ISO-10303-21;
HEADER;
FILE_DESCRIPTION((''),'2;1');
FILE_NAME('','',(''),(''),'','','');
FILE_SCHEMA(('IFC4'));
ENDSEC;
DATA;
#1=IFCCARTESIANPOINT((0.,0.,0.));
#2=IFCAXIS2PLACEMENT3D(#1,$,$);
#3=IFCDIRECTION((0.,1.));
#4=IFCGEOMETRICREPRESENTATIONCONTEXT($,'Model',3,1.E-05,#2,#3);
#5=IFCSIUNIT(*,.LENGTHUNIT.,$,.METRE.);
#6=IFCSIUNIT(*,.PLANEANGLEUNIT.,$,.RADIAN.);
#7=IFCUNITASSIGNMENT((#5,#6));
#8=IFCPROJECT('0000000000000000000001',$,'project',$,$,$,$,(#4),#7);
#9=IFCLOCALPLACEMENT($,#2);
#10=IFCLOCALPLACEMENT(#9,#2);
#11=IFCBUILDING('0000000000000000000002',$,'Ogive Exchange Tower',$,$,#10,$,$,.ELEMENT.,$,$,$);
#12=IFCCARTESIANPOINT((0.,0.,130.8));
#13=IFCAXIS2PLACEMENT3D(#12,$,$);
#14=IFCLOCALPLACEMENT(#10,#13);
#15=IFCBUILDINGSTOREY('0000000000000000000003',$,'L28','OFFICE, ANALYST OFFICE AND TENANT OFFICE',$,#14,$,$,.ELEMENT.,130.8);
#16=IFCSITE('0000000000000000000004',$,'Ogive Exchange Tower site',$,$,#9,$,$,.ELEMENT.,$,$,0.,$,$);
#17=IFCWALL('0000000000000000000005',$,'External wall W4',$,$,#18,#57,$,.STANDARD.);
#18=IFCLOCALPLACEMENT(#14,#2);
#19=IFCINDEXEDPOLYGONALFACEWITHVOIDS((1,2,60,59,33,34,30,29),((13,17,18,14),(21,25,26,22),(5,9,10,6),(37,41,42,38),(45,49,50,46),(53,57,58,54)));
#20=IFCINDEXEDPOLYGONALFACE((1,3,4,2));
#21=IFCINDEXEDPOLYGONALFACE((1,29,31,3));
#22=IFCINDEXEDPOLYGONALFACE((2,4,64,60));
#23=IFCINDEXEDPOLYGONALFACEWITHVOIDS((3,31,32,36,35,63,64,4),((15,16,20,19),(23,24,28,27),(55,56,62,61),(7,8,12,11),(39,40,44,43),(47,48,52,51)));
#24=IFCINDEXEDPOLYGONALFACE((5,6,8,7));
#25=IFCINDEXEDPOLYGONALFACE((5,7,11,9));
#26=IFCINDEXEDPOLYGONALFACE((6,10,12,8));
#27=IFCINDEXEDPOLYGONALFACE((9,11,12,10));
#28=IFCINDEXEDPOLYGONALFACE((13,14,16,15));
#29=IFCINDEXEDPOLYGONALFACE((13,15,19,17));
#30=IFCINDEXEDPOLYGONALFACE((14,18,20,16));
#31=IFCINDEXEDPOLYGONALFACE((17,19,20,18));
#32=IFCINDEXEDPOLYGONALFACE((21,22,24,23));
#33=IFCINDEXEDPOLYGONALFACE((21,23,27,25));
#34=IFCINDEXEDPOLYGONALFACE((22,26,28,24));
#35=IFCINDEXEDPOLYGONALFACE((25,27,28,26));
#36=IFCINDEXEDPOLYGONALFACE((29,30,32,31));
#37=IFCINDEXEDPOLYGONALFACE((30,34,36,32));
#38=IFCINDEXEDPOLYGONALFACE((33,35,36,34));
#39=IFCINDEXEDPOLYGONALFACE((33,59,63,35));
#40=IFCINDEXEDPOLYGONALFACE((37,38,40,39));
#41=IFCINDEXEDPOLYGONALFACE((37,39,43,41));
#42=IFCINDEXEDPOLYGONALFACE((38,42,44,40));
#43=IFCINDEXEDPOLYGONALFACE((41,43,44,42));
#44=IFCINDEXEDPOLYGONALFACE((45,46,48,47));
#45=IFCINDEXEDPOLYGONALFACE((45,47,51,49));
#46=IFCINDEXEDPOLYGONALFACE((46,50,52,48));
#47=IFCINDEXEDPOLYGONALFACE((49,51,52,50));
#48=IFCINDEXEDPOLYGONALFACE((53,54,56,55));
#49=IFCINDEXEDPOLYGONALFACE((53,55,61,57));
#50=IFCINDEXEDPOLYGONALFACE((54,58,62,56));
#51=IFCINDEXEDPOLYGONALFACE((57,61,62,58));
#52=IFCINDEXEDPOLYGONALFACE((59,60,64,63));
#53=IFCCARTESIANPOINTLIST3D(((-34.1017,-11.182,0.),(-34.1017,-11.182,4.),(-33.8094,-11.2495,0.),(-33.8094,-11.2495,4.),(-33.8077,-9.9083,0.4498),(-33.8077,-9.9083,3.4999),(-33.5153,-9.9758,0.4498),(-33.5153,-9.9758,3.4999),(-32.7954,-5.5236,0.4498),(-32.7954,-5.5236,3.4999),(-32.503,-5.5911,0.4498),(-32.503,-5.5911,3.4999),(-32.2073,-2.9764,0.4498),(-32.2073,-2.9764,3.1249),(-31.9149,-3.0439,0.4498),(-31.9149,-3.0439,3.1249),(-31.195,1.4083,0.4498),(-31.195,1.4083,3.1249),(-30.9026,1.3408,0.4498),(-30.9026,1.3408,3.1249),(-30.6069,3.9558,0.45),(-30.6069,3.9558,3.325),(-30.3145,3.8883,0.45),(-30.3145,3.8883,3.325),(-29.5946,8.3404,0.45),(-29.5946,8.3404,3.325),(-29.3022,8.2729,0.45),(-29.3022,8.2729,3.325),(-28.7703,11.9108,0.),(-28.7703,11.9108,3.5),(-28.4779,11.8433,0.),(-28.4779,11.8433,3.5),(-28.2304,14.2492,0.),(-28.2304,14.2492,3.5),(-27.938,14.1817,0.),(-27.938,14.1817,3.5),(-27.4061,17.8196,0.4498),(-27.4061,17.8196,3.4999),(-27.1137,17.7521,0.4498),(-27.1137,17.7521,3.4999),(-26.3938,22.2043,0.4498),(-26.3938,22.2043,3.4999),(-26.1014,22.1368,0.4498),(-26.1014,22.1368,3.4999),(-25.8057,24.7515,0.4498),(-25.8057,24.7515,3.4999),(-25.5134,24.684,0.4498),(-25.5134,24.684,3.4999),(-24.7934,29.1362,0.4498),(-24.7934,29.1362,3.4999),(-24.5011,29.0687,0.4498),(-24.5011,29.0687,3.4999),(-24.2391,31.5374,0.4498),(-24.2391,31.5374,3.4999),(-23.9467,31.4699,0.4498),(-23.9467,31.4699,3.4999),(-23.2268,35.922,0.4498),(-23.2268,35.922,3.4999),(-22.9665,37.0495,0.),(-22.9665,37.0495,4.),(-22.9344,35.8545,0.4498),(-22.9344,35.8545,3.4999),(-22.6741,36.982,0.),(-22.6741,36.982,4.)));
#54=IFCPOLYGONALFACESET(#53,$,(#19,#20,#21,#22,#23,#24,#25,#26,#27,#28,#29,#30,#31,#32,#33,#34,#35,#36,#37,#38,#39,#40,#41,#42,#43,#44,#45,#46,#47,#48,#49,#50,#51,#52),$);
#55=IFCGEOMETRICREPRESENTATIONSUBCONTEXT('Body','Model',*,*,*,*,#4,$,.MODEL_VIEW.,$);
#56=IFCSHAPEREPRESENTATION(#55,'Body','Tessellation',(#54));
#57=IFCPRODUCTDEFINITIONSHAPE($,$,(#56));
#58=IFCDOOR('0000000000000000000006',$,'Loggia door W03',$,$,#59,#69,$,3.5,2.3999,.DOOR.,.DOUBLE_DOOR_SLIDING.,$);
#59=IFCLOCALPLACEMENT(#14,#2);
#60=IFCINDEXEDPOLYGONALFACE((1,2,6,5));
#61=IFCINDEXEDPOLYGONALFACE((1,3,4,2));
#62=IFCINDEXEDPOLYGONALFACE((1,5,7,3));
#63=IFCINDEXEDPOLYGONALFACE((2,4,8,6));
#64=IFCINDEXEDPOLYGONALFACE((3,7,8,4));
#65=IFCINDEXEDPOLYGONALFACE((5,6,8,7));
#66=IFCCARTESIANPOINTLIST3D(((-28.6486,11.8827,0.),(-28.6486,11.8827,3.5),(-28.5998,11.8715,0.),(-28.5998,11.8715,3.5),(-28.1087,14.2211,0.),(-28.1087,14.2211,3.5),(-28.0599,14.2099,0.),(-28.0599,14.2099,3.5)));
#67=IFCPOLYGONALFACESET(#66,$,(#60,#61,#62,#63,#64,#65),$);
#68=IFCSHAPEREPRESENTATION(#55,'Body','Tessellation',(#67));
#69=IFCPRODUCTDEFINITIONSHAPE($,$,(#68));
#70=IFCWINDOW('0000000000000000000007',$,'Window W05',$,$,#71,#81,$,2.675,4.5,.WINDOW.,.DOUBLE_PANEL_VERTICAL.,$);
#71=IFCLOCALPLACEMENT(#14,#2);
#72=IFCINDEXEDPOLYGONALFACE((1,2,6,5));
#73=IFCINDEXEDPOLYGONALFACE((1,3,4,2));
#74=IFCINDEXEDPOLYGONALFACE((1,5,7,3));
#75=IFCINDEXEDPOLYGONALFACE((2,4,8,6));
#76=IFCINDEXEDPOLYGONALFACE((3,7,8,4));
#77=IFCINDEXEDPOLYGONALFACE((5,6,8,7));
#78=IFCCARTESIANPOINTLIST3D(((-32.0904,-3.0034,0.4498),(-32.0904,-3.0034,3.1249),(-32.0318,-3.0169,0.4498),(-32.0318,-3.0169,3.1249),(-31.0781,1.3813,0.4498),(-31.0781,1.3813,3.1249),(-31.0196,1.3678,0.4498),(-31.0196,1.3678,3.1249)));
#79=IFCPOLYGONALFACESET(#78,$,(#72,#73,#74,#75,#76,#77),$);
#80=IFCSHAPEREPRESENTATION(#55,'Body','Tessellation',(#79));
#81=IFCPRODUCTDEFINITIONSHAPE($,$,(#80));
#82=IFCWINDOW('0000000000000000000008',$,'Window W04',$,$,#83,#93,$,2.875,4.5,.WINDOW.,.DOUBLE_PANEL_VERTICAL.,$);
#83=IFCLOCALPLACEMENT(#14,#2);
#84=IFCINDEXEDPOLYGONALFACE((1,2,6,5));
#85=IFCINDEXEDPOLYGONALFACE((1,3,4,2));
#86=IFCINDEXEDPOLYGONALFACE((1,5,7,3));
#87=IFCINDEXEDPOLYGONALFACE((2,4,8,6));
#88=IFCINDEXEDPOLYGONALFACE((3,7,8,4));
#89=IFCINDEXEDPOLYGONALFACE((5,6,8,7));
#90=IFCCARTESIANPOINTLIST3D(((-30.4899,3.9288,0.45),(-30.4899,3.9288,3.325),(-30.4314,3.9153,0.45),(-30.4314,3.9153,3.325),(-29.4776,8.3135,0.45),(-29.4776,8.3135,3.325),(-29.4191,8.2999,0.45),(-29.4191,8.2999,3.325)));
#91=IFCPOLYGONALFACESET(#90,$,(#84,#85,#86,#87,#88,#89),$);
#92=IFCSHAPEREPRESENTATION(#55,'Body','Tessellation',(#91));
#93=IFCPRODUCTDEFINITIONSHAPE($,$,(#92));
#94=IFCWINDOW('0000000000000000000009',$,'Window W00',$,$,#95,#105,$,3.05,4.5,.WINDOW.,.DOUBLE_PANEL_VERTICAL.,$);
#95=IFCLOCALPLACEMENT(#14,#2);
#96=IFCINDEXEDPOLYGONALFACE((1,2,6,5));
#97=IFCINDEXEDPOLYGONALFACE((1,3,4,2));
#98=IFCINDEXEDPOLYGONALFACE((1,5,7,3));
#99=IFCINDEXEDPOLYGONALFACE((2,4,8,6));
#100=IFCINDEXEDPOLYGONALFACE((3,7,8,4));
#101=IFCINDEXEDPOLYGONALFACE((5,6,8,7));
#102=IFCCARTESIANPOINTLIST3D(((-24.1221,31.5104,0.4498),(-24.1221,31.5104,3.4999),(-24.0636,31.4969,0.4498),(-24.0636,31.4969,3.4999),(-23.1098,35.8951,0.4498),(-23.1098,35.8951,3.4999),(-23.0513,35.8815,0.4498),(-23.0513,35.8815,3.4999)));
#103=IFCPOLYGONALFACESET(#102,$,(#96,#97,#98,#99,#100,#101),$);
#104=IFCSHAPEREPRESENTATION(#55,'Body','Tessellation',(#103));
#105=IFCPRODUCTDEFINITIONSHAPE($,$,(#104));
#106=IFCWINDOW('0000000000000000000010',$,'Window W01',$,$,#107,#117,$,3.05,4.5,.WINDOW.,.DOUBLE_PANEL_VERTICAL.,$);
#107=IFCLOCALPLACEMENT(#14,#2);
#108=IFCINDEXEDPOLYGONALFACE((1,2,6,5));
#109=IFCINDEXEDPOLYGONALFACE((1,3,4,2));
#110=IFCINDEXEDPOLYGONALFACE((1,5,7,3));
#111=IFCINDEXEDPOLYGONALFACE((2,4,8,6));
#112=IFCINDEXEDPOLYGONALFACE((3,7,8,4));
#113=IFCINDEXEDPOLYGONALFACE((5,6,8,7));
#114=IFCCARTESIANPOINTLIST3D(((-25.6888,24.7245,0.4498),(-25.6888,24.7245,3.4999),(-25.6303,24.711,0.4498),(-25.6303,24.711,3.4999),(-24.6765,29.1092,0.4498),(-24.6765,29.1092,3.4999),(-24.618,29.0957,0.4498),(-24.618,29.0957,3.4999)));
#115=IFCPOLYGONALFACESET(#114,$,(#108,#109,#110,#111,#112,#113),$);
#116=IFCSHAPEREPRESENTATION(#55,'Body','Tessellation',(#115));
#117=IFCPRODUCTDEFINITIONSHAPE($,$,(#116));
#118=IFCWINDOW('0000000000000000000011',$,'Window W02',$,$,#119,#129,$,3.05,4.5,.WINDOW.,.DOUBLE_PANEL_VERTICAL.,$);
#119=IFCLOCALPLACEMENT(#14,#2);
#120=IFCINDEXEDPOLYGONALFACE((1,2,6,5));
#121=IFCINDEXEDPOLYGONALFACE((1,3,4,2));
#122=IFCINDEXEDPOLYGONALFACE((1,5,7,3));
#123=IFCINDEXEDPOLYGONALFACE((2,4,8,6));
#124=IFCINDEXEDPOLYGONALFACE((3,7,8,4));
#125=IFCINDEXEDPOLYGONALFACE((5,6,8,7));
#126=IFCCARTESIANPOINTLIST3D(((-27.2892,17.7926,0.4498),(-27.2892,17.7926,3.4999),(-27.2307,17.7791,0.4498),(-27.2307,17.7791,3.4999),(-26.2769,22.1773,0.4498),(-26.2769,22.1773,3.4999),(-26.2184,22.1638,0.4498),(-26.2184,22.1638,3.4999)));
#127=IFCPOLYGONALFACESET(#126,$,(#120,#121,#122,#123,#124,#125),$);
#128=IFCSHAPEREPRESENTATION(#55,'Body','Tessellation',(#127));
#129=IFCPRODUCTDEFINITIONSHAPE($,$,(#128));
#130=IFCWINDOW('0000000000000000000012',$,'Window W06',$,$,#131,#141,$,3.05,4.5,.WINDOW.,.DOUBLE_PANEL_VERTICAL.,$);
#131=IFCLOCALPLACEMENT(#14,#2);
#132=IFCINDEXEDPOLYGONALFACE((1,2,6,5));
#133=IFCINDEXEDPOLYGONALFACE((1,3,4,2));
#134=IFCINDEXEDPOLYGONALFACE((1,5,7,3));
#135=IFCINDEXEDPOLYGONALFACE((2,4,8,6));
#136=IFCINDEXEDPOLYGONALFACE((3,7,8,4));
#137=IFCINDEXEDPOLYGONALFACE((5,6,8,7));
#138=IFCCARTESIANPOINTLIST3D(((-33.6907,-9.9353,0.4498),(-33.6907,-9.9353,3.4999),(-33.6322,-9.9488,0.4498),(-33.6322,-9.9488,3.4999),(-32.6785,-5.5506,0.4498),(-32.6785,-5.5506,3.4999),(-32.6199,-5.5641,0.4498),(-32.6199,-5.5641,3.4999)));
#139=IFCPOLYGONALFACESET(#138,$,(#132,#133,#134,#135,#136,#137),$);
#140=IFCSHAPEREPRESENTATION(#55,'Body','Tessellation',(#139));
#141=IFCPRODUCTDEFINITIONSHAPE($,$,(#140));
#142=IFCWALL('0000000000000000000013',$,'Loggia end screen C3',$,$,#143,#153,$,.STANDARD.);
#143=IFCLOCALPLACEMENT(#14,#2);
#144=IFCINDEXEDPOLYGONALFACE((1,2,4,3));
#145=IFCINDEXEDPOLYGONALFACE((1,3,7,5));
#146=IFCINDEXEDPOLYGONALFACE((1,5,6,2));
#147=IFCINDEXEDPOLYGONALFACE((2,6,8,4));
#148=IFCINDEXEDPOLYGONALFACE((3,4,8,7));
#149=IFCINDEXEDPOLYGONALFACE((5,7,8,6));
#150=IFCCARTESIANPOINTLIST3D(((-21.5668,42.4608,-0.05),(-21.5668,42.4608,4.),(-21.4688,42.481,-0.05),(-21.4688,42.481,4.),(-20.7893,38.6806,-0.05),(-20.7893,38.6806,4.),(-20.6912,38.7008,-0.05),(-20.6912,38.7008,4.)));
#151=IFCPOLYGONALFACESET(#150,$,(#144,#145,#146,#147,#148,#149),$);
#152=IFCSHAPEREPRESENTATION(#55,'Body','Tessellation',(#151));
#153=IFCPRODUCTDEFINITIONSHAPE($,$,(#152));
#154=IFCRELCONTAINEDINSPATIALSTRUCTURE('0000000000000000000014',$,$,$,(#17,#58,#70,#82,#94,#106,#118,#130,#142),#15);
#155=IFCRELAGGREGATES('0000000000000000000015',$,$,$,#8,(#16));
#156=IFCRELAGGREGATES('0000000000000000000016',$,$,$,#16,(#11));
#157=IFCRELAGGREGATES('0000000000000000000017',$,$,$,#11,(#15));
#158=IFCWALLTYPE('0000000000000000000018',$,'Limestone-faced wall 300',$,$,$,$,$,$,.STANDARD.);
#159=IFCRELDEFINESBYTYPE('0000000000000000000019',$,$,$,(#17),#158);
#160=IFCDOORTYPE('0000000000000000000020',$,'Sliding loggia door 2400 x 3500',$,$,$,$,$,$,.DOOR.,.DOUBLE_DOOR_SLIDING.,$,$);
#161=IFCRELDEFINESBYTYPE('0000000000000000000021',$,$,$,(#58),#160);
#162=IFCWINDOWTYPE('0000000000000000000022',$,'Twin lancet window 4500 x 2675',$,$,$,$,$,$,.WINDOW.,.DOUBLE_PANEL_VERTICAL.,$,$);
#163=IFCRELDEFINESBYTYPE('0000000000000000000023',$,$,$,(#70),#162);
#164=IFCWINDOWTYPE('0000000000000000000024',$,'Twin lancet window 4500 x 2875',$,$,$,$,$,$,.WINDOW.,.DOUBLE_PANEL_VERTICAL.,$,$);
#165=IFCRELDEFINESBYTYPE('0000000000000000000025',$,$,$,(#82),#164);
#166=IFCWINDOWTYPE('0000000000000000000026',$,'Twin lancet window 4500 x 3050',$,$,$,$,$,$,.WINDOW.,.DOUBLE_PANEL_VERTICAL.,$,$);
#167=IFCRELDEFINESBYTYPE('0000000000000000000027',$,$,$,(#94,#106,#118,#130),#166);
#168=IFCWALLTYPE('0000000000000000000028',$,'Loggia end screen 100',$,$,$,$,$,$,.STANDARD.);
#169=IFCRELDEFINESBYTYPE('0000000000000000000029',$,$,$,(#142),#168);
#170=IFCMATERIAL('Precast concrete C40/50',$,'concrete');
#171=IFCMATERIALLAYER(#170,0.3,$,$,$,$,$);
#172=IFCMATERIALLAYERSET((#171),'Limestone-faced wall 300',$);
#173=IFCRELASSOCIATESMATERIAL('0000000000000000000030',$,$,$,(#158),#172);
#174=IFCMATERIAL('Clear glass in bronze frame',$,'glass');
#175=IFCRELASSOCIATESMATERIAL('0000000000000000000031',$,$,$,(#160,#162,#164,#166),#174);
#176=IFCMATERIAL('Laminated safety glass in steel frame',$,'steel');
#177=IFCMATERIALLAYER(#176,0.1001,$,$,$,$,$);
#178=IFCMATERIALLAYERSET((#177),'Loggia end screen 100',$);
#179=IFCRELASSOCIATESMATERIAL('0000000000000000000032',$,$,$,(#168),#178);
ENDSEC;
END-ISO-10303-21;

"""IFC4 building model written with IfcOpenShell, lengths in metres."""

from ifc_helpers import new_model, si_unit, direction, frame, frame_2d, origin, place, context, subcontext, project, spatial, rectangle, extrude, material, layer, layer_set, type_object, element, fill, save


model = new_model("IFC4")

# Units and contexts
model_context = context("Model", 3, precision=1e-05, world=origin(), true_north=direction((0.0, 1.0)))
body_context = subcontext(model_context, "Body", "Model", "MODEL_VIEW")
ifc_project = project(units=[si_unit("LENGTHUNIT", "METRE"), si_unit("PLANEANGLEUNIT", "RADIAN")], contexts=[model_context])

# Site, building, storey
site_placement = place(None, origin())
site = spatial("IfcSite", under=ifc_project, at=site_placement, Name="Ogive Exchange Tower site", CompositionType="ELEMENT", RefElevation=0.0)
building_placement = place(site_placement, origin())
building = spatial("IfcBuilding", under=site, at=building_placement, Name="Ogive Exchange Tower", CompositionType="ELEMENT")
storey_placement = place(building_placement, frame((0.0, 0.0, 130.8)))
storey = spatial("IfcBuildingStorey", under=building, at=storey_placement, Name="L28", Description="OFFICE, ANALYST OFFICE AND TENANT OFFICE", CompositionType="ELEMENT", Elevation=130.8)

# Wall, openings, door, windows
ifc_material_1 = material(Name="Precast concrete C40/50", Category="concrete")
ifc_layer_1 = layer(ifc_material_1, 0.3)
ifc_layer_set_1 = layer_set([ifc_layer_1], Name="Limestone-faced wall 300")
wall_type_1 = type_object("IfcWallType", Name="Limestone-faced wall 300", PredefinedType="STANDARD", material=ifc_layer_set_1)
wall_1_placement = place(storey_placement, frame((-22.8203, 37.0156, 0.0), z_axis=(0.0, 0.0, 1.0), x_axis=(-0.224954, -0.974369, 0.0)))
wall_1 = element("IfcWall", 1, at=wall_1_placement, inside=storey, type_object=wall_type_1, Name="External wall W4", PredefinedType="STANDARD", context=body_context, shape_type="SweptSolid", body=[
    extrude(rectangle(XDim=49.5002, YDim=0.3, at=frame_2d((24.75, 0.0))), origin(), (0.0, 0.0, 1.0), 4.0),
])
opening_1_placement = place(wall_1_placement, frame((1.157, 0.0, 0.45)))
opening_1 = element("IfcOpeningElement", 2, at=opening_1_placement, cuts=wall_1, PredefinedType="OPENING", context=body_context, shape_type="SweptSolid", body=[
    extrude(rectangle(XDim=4.5, YDim=3.05, at=frame_2d((2.25, 1.5249))), frame((0.0, 0.1599, 0.0), z_axis=(0.0, -1.0, 0.0), x_axis=(1.0, 0.0, 0.0)), (0.0, 0.0, 1.0), 0.3201),
])
opening_2_placement = place(wall_1_placement, frame((8.1213, 0.0, 0.45)))
opening_2 = element("IfcOpeningElement", 3, at=opening_2_placement, cuts=wall_1, PredefinedType="OPENING", context=body_context, shape_type="SweptSolid", body=[
    extrude(rectangle(XDim=4.5, YDim=3.05, at=frame_2d((2.25, 1.5249))), frame((0.0, 0.1599, 0.0), z_axis=(0.0, -1.0, 0.0), x_axis=(1.0, 0.0, 0.0)), (0.0, 0.0, 1.0), 0.3201),
])
opening_3_placement = place(wall_1_placement, frame((15.2356, 0.0, 0.45)))
opening_3 = element("IfcOpeningElement", 4, at=opening_3_placement, cuts=wall_1, PredefinedType="OPENING", context=body_context, shape_type="SweptSolid", body=[
    extrude(rectangle(XDim=4.5, YDim=3.05, at=frame_2d((2.25, 1.5249))), frame((0.0, 0.1599, 0.0), z_axis=(0.0, -1.0, 0.0), x_axis=(1.0, 0.0, 0.0)), (0.0, 0.0, 1.0), 0.3201),
])
opening_4_placement = place(wall_1_placement, frame((23.3999, 0.0, 0.0)))
opening_4 = element("IfcOpeningElement", 5, at=opening_4_placement, cuts=wall_1, PredefinedType="OPENING", context=body_context, shape_type="SweptSolid", body=[
    extrude(rectangle(XDim=2.3999, YDim=3.5, at=frame_2d((1.2, 1.75))), frame((0.0, 0.1599, 0.0), z_axis=(0.0, -1.0, 0.0), x_axis=(1.0, 0.0, 0.0)), (0.0, 0.0, 1.0), 0.3201),
])
opening_5_placement = place(wall_1_placement, frame((29.4641, 0.0, 0.45)))
opening_5 = element("IfcOpeningElement", 6, at=opening_5_placement, cuts=wall_1, PredefinedType="OPENING", context=body_context, shape_type="SweptSolid", body=[
    extrude(rectangle(XDim=4.5, YDim=2.875, at=frame_2d((2.25, 1.4375))), frame((0.0, 0.1599, 0.0), z_axis=(0.0, -1.0, 0.0), x_axis=(1.0, 0.0, 0.0)), (0.0, 0.0, 1.0), 0.3201),
])
opening_6_placement = place(wall_1_placement, frame((36.5786, 0.0, 0.45)))
opening_6 = element("IfcOpeningElement", 7, at=opening_6_placement, cuts=wall_1, PredefinedType="OPENING", context=body_context, shape_type="SweptSolid", body=[
    extrude(rectangle(XDim=4.5, YDim=2.675, at=frame_2d((2.25, 1.3374))), frame((0.0, 0.1599, 0.0), z_axis=(0.0, -1.0, 0.0), x_axis=(1.0, 0.0, 0.0)), (0.0, 0.0, 1.0), 0.3201),
])
opening_7_placement = place(wall_1_placement, frame((43.6929, 0.0, 0.45)))
opening_7 = element("IfcOpeningElement", 8, at=opening_7_placement, cuts=wall_1, PredefinedType="OPENING", context=body_context, shape_type="SweptSolid", body=[
    extrude(rectangle(XDim=4.5, YDim=3.05, at=frame_2d((2.25, 1.5249))), frame((0.0, 0.1599, 0.0), z_axis=(0.0, -1.0, 0.0), x_axis=(1.0, 0.0, 0.0)), (0.0, 0.0, 1.0), 0.3201),
])
ifc_material_2 = material(Name="Clear glass in bronze frame", Category="glass")
door_type_1 = type_object("IfcDoorType", Name="Sliding loggia door 2400 x 3500", OperationType="DOUBLE_DOOR_SLIDING", PredefinedType="DOOR", material=ifc_material_2)
door_1_placement = place(opening_4_placement, origin())
door_1 = element("IfcDoor", 9, at=door_1_placement, inside=storey, type_object=door_type_1, Name="Loggia door W03", OperationType="DOUBLE_DOOR_SLIDING", OverallHeight=3.5, OverallWidth=2.3999, PredefinedType="DOOR", context=body_context, shape_type="SweptSolid", body=[
    extrude(rectangle(XDim=2.3999, YDim=3.5, at=frame_2d((1.2, 1.75))), frame((0.0, 0.0249, 0.0), z_axis=(0.0, -1.0, 0.0), x_axis=(1.0, 0.0, 0.0)), (0.0, 0.0, 1.0), 0.05),
])
fill(opening_4, door_1)
window_type_1 = type_object("IfcWindowType", Name="Twin lancet window 4500 x 2675", PartitioningType="DOUBLE_PANEL_VERTICAL", PredefinedType="WINDOW", material=ifc_material_2)
window_1_placement = place(opening_6_placement, origin())
window_1 = element("IfcWindow", 10, at=window_1_placement, inside=storey, type_object=window_type_1, Name="Window W05", OverallHeight=2.675, OverallWidth=4.5, PartitioningType="DOUBLE_PANEL_VERTICAL", PredefinedType="WINDOW", context=body_context, shape_type="SweptSolid", body=[
    extrude(rectangle(XDim=4.5, YDim=2.675, at=frame_2d((2.25, 1.3374))), frame((0.0, 0.03, 0.0), z_axis=(0.0, -1.0, 0.0), x_axis=(1.0, 0.0, 0.0)), (0.0, 0.0, 1.0), 0.0601),
])
fill(opening_6, window_1)
window_type_2 = type_object("IfcWindowType", Name="Twin lancet window 4500 x 2875", PartitioningType="DOUBLE_PANEL_VERTICAL", PredefinedType="WINDOW", material=ifc_material_2)
window_2_placement = place(opening_5_placement, origin())
window_2 = element("IfcWindow", 11, at=window_2_placement, inside=storey, type_object=window_type_2, Name="Window W04", OverallHeight=2.875, OverallWidth=4.5, PartitioningType="DOUBLE_PANEL_VERTICAL", PredefinedType="WINDOW", context=body_context, shape_type="SweptSolid", body=[
    extrude(rectangle(XDim=4.5, YDim=2.875, at=frame_2d((2.25, 1.4375))), frame((0.0, 0.03, 0.0), z_axis=(0.0, -1.0, 0.0), x_axis=(1.0, 0.0, 0.0)), (0.0, 0.0, 1.0), 0.0601),
])
fill(opening_5, window_2)
window_type_3 = type_object("IfcWindowType", Name="Twin lancet window 4500 x 3050", PartitioningType="DOUBLE_PANEL_VERTICAL", PredefinedType="WINDOW", material=ifc_material_2)
window_3_placement = place(opening_1_placement, origin())
window_3 = element("IfcWindow", 12, at=window_3_placement, inside=storey, type_object=window_type_3, Name="Window W00", OverallHeight=3.05, OverallWidth=4.5, PartitioningType="DOUBLE_PANEL_VERTICAL", PredefinedType="WINDOW", context=body_context, shape_type="SweptSolid", body=[
    extrude(rectangle(XDim=4.5, YDim=3.05, at=frame_2d((2.25, 1.5249))), frame((0.0, 0.03, 0.0), z_axis=(0.0, -1.0, 0.0), x_axis=(1.0, 0.0, 0.0)), (0.0, 0.0, 1.0), 0.0601),
])
fill(opening_1, window_3)
window_4_placement = place(opening_2_placement, origin())
window_4 = element("IfcWindow", 13, at=window_4_placement, inside=storey, type_object=window_type_3, Name="Window W01", OverallHeight=3.05, OverallWidth=4.5, PartitioningType="DOUBLE_PANEL_VERTICAL", PredefinedType="WINDOW", context=body_context, shape_type="SweptSolid", body=[
    extrude(rectangle(XDim=4.5, YDim=3.05, at=frame_2d((2.25, 1.5249))), frame((0.0, 0.03, 0.0), z_axis=(0.0, -1.0, 0.0), x_axis=(1.0, 0.0, 0.0)), (0.0, 0.0, 1.0), 0.0601),
])
fill(opening_2, window_4)
window_5_placement = place(opening_3_placement, origin())
window_5 = element("IfcWindow", 14, at=window_5_placement, inside=storey, type_object=window_type_3, Name="Window W02", OverallHeight=3.05, OverallWidth=4.5, PartitioningType="DOUBLE_PANEL_VERTICAL", PredefinedType="WINDOW", context=body_context, shape_type="SweptSolid", body=[
    extrude(rectangle(XDim=4.5, YDim=3.05, at=frame_2d((2.25, 1.5249))), frame((0.0, 0.03, 0.0), z_axis=(0.0, -1.0, 0.0), x_axis=(1.0, 0.0, 0.0)), (0.0, 0.0, 1.0), 0.0601),
])
fill(opening_3, window_5)
window_6_placement = place(opening_7_placement, origin())
window_6 = element("IfcWindow", 15, at=window_6_placement, inside=storey, type_object=window_type_3, Name="Window W06", OverallHeight=3.05, OverallWidth=4.5, PartitioningType="DOUBLE_PANEL_VERTICAL", PredefinedType="WINDOW", context=body_context, shape_type="SweptSolid", body=[
    extrude(rectangle(XDim=4.5, YDim=3.05, at=frame_2d((2.25, 1.5249))), frame((0.0, 0.03, 0.0), z_axis=(0.0, -1.0, 0.0), x_axis=(1.0, 0.0, 0.0)), (0.0, 0.0, 1.0), 0.0601),
])
fill(opening_7, window_6)

# Wall
ifc_material_3 = material(Name="Laminated safety glass in steel frame", Category="steel")
ifc_layer_2 = layer(ifc_material_3, 0.1001)
ifc_layer_set_2 = layer_set([ifc_layer_2], Name="Loggia end screen 100")
wall_type_2 = type_object("IfcWallType", Name="Loggia end screen 100", PredefinedType="STANDARD", material=ifc_layer_set_2)
wall_2_placement = place(storey_placement, frame((-20.7402, 38.6907, -0.05), z_axis=(0.0, 0.0, 1.0), x_axis=(-0.201478, 0.979493, 0.0)))
element("IfcWall", 16, at=wall_2_placement, inside=storey, type_object=wall_type_2, Name="Loggia end screen C3", PredefinedType="STANDARD", context=body_context, shape_type="SweptSolid", body=[
    extrude(rectangle(XDim=3.8594, YDim=0.1001, at=frame_2d((1.9297, 0.0))), origin(), (0.0, 0.0, 1.0), 4.05),
])

save(model, "model.ifc")
